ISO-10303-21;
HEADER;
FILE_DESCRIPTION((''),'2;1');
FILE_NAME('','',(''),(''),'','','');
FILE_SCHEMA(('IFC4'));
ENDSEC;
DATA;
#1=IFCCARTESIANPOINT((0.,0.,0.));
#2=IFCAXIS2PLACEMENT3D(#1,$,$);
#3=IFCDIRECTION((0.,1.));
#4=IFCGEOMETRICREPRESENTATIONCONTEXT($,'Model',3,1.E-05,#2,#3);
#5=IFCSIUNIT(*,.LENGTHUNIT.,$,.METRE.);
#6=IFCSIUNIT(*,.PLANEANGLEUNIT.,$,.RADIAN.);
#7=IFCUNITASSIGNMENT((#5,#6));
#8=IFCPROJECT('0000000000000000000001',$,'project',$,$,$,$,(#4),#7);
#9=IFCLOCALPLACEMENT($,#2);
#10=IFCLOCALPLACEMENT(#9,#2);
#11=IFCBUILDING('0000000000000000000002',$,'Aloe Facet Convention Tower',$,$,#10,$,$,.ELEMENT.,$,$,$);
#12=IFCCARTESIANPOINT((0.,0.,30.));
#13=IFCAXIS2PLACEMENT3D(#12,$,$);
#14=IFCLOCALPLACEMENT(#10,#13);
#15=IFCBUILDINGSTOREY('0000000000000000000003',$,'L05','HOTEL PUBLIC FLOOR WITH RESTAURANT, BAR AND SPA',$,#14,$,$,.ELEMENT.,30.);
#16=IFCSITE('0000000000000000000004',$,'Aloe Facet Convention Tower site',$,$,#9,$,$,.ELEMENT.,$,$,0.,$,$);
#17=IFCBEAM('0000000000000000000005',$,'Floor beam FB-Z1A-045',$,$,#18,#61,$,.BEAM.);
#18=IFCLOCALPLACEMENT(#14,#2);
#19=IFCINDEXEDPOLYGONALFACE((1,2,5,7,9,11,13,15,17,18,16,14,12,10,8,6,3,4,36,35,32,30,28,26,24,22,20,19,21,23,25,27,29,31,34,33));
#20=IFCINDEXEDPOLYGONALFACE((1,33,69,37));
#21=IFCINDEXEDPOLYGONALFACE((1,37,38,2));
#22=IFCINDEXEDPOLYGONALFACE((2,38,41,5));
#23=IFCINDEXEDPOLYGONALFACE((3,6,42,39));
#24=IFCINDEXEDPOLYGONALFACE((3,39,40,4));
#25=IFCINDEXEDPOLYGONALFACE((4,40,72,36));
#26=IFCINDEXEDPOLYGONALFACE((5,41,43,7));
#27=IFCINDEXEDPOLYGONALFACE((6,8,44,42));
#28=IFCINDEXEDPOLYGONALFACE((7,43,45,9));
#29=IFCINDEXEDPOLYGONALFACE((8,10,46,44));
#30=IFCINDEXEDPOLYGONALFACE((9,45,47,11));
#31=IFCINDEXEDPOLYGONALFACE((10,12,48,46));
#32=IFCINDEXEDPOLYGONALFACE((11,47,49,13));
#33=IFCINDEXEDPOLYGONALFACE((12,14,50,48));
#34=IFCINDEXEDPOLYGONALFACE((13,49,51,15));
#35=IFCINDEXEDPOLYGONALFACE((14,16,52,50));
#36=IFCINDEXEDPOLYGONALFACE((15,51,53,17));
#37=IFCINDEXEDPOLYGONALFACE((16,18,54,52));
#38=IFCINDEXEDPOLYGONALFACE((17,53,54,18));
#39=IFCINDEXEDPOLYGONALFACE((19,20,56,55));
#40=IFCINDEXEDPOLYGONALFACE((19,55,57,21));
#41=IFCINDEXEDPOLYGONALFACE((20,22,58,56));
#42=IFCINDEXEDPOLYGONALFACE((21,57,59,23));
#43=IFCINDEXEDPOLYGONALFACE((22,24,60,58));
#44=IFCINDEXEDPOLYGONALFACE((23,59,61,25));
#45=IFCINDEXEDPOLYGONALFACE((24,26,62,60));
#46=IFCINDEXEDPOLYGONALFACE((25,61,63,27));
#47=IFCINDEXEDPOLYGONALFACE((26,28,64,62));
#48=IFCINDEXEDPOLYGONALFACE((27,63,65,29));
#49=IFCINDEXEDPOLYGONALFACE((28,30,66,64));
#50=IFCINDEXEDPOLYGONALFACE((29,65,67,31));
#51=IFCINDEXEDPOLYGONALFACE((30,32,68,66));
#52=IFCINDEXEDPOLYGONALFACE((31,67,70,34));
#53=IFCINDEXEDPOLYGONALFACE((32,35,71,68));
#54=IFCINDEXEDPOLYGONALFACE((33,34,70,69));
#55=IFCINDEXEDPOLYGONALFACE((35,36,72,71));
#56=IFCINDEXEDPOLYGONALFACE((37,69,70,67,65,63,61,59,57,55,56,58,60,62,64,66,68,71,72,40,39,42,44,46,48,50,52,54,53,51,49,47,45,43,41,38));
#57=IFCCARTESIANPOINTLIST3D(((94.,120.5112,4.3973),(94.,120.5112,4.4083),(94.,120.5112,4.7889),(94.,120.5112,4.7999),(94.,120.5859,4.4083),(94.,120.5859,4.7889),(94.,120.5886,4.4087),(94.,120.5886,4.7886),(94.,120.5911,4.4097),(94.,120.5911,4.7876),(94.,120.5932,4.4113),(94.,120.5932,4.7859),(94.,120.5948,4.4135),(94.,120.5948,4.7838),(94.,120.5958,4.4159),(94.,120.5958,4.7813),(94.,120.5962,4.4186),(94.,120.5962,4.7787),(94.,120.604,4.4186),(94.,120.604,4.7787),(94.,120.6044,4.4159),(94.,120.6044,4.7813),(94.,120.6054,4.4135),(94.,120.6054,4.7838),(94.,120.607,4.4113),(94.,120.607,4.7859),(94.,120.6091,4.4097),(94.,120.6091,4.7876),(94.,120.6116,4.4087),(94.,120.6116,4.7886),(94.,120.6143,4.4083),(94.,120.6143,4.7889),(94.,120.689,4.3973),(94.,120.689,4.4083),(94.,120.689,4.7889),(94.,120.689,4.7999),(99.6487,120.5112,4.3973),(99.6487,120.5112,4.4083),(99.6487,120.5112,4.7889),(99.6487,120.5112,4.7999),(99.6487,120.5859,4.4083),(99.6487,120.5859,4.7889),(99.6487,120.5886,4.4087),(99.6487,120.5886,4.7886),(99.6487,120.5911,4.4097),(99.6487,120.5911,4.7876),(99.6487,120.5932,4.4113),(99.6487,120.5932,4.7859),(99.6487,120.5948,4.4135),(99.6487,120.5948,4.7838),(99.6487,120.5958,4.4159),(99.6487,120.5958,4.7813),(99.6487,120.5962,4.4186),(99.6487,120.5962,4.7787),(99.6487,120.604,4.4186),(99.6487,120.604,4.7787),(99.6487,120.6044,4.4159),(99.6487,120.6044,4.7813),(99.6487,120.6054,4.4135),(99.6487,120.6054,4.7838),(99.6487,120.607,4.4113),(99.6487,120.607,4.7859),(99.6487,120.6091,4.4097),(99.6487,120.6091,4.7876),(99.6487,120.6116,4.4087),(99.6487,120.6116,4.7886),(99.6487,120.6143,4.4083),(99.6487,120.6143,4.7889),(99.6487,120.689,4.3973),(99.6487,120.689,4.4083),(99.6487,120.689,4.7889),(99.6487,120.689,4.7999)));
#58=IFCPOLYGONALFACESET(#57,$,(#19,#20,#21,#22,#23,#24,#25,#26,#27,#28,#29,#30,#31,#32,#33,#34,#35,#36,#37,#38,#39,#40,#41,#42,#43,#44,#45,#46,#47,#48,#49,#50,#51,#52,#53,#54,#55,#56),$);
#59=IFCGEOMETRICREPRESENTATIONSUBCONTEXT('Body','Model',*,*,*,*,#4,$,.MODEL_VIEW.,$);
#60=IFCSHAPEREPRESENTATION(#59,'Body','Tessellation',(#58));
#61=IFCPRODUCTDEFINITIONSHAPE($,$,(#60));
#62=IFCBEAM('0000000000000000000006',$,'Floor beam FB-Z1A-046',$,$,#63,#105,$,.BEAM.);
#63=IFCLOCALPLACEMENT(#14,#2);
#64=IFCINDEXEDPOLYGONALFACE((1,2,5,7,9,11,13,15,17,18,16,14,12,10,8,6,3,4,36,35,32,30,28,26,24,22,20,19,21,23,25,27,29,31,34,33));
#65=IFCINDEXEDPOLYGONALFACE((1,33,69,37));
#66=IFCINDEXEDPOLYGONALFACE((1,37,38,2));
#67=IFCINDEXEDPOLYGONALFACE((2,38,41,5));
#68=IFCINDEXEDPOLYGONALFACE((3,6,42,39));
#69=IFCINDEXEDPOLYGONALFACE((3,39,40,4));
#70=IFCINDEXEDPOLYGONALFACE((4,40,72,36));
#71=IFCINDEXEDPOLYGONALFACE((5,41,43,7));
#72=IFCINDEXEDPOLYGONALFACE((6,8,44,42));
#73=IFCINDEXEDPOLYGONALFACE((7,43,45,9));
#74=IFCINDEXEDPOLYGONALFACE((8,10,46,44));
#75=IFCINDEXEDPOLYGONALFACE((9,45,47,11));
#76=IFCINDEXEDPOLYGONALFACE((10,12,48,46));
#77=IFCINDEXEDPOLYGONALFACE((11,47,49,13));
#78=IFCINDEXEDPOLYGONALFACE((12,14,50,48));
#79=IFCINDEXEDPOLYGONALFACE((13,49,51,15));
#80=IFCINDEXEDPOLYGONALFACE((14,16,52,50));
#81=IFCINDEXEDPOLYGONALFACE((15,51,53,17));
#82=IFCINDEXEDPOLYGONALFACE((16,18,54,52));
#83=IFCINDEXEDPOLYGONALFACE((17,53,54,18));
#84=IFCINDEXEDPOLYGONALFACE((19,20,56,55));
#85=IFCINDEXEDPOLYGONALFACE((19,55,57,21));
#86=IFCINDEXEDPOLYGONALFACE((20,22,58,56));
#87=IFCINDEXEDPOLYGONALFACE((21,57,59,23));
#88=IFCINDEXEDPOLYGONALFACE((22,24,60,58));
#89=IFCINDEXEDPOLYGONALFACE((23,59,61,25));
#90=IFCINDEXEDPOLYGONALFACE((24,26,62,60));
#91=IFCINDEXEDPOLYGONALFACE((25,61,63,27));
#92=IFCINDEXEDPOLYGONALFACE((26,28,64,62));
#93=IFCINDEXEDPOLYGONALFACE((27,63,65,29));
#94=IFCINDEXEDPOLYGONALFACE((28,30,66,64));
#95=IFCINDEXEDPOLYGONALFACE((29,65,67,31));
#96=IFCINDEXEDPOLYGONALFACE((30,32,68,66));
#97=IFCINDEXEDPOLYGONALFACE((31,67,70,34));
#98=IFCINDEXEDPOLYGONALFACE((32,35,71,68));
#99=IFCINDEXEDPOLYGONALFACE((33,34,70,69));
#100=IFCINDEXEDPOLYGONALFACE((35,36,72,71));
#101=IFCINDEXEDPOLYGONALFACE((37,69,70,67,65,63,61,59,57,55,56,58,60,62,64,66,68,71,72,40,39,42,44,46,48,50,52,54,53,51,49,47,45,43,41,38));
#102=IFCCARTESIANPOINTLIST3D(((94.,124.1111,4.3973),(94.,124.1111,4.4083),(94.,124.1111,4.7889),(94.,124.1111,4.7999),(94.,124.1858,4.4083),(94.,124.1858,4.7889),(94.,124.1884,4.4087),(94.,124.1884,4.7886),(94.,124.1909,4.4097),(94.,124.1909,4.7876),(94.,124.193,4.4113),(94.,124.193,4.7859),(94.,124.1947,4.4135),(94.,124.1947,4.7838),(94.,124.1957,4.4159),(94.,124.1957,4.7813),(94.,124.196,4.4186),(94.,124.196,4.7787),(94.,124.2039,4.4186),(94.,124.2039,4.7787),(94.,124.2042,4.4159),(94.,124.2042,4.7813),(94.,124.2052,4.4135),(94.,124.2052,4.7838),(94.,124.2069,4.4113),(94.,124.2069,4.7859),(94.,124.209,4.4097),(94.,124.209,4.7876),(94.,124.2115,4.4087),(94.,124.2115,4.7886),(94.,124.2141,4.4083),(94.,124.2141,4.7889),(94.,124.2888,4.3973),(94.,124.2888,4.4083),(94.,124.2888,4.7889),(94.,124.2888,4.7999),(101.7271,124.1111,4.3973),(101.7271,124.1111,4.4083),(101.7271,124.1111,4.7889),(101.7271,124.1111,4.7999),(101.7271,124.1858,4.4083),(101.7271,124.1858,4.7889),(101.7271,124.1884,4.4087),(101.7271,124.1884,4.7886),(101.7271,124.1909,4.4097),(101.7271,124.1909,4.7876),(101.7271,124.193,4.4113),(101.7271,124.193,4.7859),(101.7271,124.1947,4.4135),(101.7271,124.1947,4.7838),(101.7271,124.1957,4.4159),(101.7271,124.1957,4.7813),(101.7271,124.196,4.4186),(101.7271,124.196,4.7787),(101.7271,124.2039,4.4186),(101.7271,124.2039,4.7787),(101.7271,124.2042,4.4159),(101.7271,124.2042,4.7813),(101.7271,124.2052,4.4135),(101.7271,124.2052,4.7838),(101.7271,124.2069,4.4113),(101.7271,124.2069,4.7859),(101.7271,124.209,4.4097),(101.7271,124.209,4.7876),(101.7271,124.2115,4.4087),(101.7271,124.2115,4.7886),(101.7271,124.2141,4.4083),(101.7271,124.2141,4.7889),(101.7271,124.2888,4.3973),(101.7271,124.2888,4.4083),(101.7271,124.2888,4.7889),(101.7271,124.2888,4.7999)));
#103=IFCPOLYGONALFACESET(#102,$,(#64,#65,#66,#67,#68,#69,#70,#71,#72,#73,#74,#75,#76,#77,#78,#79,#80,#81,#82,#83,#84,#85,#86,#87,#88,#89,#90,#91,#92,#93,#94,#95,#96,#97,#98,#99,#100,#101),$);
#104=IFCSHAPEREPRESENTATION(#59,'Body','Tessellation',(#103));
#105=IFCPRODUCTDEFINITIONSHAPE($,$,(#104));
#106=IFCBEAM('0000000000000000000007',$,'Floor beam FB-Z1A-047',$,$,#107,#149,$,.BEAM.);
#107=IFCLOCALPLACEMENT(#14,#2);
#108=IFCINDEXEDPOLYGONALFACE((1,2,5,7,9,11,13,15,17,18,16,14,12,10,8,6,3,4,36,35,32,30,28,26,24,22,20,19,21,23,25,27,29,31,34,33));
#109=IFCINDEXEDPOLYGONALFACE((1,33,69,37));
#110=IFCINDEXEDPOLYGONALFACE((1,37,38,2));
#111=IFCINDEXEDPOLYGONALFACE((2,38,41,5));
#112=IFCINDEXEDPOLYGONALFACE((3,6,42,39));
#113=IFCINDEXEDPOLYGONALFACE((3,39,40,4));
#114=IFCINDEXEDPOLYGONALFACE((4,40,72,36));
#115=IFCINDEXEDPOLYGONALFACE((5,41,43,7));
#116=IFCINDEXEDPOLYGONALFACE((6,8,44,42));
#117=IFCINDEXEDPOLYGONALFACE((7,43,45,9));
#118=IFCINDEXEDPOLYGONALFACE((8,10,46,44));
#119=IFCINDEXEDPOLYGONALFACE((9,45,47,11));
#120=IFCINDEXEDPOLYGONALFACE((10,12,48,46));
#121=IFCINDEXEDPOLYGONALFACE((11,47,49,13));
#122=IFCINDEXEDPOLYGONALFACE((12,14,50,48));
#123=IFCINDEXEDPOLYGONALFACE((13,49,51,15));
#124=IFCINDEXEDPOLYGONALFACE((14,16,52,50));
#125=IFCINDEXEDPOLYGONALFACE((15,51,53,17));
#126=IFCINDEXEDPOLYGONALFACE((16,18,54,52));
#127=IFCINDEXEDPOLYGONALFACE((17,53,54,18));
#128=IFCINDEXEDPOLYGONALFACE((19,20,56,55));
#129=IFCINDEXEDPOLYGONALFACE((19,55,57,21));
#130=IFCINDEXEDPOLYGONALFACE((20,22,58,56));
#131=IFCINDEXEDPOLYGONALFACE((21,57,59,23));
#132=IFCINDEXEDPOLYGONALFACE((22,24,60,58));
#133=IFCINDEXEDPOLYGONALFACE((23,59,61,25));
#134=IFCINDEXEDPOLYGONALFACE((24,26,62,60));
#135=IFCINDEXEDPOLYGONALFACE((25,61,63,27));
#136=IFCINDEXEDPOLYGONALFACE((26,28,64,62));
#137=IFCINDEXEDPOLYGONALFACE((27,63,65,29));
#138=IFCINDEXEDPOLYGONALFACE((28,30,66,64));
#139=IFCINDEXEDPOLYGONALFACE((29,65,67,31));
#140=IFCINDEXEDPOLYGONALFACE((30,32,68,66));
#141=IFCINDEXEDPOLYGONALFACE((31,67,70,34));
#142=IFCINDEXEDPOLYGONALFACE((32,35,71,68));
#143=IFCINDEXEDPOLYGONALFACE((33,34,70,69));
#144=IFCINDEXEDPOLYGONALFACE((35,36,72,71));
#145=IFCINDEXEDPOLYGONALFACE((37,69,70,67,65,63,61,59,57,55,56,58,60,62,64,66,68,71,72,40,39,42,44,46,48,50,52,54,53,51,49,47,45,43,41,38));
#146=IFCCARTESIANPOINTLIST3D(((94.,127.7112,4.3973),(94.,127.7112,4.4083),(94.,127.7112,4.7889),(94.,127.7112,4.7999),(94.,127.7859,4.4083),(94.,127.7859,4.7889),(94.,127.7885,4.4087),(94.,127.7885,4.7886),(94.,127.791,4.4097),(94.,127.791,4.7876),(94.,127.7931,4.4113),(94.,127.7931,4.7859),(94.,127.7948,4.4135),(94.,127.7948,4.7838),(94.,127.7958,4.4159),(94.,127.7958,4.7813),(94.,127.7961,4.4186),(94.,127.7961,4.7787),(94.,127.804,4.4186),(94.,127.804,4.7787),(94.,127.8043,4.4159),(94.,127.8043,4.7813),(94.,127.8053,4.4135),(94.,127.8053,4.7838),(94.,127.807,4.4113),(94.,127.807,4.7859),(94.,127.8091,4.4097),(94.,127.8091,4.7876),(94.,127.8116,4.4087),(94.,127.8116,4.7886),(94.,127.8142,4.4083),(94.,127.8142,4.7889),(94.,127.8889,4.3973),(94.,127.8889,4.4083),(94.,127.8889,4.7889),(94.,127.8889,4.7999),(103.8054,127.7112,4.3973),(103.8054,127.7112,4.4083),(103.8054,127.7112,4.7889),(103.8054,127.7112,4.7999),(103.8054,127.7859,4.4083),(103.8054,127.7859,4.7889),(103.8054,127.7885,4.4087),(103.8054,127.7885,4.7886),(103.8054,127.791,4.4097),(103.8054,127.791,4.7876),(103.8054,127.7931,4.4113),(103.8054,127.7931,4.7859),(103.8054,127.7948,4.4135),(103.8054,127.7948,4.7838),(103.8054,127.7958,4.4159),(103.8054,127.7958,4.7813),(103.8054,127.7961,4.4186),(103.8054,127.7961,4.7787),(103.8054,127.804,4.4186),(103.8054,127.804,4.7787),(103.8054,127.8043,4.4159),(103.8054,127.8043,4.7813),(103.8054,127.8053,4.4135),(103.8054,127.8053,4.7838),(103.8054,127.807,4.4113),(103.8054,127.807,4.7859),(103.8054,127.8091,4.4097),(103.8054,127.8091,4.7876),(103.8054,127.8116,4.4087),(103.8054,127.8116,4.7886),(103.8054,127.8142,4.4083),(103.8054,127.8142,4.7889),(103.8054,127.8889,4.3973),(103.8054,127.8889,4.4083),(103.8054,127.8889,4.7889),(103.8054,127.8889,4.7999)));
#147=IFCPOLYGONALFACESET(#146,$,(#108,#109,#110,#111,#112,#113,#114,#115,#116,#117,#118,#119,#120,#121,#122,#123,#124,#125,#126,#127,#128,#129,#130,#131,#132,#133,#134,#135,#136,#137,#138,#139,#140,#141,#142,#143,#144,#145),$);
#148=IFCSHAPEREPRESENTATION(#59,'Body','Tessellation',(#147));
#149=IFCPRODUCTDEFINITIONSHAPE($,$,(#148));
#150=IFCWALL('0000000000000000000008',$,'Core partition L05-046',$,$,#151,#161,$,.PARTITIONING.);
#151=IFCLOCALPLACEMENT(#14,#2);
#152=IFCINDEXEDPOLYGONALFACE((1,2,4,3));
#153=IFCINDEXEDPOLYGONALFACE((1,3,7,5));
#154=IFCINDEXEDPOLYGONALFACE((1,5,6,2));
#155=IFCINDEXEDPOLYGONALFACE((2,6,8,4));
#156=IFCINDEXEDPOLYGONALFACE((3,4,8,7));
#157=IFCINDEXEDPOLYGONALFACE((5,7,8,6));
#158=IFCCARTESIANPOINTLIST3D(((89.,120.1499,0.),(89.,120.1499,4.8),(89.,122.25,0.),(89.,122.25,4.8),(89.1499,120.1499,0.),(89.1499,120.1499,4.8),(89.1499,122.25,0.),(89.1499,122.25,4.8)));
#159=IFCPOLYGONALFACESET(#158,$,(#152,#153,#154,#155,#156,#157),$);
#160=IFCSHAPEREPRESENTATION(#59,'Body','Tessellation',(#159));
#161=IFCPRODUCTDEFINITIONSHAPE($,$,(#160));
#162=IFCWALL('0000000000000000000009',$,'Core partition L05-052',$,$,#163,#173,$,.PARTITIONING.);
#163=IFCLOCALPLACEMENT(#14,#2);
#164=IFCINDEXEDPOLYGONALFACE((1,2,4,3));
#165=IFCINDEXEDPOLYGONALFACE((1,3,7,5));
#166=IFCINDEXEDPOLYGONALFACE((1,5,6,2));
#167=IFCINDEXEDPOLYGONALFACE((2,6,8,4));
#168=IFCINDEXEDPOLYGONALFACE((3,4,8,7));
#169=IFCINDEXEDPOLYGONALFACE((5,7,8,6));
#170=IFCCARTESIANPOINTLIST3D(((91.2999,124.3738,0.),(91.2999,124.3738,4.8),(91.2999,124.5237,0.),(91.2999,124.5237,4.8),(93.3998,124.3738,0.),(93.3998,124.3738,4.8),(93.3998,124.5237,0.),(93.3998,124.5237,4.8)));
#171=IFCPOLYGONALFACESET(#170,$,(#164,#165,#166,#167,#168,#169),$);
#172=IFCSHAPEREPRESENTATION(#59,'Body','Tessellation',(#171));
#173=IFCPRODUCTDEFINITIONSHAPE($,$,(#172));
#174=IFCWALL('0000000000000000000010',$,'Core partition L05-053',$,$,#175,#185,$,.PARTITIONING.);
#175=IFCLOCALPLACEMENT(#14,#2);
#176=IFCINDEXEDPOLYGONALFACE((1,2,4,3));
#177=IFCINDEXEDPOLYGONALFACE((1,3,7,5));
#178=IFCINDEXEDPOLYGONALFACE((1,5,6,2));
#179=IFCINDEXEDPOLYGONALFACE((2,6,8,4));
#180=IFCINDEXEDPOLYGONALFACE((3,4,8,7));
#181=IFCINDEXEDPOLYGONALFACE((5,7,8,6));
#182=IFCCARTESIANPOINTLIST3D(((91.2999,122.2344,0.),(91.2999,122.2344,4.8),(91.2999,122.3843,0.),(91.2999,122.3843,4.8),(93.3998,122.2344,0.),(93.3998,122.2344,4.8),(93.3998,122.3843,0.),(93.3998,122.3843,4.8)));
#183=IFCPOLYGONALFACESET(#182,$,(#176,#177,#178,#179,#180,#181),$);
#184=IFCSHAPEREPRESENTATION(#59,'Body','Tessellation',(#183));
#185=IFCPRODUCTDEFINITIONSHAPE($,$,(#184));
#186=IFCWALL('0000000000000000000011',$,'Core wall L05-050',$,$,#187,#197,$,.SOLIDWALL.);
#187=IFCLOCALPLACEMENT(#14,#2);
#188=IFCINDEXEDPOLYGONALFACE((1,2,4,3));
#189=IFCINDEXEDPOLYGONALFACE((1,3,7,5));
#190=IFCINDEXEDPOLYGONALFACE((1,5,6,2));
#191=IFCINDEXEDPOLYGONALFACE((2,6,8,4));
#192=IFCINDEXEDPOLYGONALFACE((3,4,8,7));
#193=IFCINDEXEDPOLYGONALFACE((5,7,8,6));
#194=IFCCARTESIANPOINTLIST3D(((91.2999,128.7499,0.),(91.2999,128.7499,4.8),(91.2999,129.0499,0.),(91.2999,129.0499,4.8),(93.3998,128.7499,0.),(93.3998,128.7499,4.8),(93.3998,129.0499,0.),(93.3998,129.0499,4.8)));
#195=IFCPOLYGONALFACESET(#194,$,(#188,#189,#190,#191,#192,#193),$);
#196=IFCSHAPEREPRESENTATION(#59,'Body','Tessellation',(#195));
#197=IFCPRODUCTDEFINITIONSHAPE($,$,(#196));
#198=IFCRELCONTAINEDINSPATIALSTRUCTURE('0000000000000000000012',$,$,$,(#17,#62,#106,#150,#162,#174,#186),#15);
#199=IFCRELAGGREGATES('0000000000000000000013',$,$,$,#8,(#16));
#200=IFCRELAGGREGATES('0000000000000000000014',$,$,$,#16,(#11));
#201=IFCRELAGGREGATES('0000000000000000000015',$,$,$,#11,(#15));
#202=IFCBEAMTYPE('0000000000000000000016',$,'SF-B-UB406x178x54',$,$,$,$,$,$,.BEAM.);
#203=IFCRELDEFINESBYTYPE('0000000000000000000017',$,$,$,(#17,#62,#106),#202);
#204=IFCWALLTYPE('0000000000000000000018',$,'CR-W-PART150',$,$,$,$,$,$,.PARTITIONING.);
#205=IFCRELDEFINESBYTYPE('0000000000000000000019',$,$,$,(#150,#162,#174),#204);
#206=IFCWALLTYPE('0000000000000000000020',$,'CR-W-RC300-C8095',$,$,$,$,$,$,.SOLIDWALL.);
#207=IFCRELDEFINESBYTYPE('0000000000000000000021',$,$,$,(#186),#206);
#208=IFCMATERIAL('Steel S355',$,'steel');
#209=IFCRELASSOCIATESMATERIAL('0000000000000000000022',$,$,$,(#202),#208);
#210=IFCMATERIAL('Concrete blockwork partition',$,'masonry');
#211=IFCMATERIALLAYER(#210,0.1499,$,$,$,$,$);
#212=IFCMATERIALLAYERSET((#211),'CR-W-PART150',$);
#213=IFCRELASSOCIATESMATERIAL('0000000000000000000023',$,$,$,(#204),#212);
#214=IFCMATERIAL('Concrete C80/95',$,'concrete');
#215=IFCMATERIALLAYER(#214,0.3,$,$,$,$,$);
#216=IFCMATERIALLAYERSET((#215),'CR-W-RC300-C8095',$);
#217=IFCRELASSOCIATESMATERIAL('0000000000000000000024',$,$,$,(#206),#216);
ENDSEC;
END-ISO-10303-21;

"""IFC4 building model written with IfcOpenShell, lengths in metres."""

from ifc_helpers import new_model, si_unit, direction, frame, frame_2d, origin, origin_2d, place, context, subcontext, project, spatial, rectangle, i_section, extrude, material, layer, layer_set, material_profile, profile_set, type_object, element, save


model = new_model("IFC4")

# Units and contexts
model_context = context("Model", 3, precision=1e-05, world=origin(), true_north=direction((0.0, 1.0)))
body_context = subcontext(model_context, "Body", "Model", "MODEL_VIEW")
ifc_project = project(units=[si_unit("LENGTHUNIT", "METRE"), si_unit("PLANEANGLEUNIT", "RADIAN")], contexts=[model_context])

# Site, building, storey
site_placement = place(None, origin())
site = spatial("IfcSite", under=ifc_project, at=site_placement, Name="Aloe Facet Convention Tower site", CompositionType="ELEMENT", RefElevation=0.0)
building_placement = place(site_placement, origin())
building = spatial("IfcBuilding", under=site, at=building_placement, Name="Aloe Facet Convention Tower", CompositionType="ELEMENT")
storey_placement = place(building_placement, frame((0.0, 0.0, 30.0)))
storey = spatial("IfcBuildingStorey", under=building, at=storey_placement, Name="L05", Description="HOTEL PUBLIC FLOOR WITH RESTAURANT, BAR AND SPA", CompositionType="ELEMENT", Elevation=30.0)

# Beams
ifc_material_1 = material(Name="Steel S355", Category="steel")
ifc_material_profile = material_profile(ifc_material_1, i_section(OverallWidth=0.1777, OverallDepth=0.4026, WebThickness=0.0078, FlangeThickness=0.011, FilletRadius=0.0103, at=origin_2d()), Name="UB 406x178x54")
ifc_profile_set = profile_set([ifc_material_profile], Name="Steel S355")
beam_type = type_object("IfcBeamType", Name="SF-B-UB406x178x54", PredefinedType="BEAM", material=ifc_profile_set)
beam_1_placement = place(storey_placement, frame((94.0, 120.6001, 4.5986), z_axis=(1.0, 0.0, 0.0), x_axis=(0.0, 1.0, 0.0)))
element("IfcBeam", 1, at=beam_1_placement, inside=storey, type_object=beam_type, Name="Floor beam FB-Z1A-045", PredefinedType="BEAM", context=body_context, shape_type="SweptSolid", body=[
    extrude(i_section(OverallWidth=0.1777, OverallDepth=0.4026, WebThickness=0.0078, FlangeThickness=0.011, FilletRadius=0.0103, at=origin_2d()), origin(), (0.0, 0.0, 1.0), 5.6487),
])
beam_2_placement = place(storey_placement, frame((94.0, 124.2, 4.5986), z_axis=(1.0, 0.0, 0.0), x_axis=(0.0, 1.0, 0.0)))
element("IfcBeam", 2, at=beam_2_placement, inside=storey, type_object=beam_type, Name="Floor beam FB-Z1A-046", PredefinedType="BEAM", context=body_context, shape_type="SweptSolid", body=[
    extrude(i_section(OverallWidth=0.1777, OverallDepth=0.4026, WebThickness=0.0078, FlangeThickness=0.011, FilletRadius=0.0103, at=origin_2d()), origin(), (0.0, 0.0, 1.0), 7.7271),
])
beam_3_placement = place(storey_placement, frame((94.0, 127.8, 4.5986), z_axis=(1.0, 0.0, 0.0), x_axis=(0.0, 1.0, 0.0)))
element("IfcBeam", 3, at=beam_3_placement, inside=storey, type_object=beam_type, Name="Floor beam FB-Z1A-047", PredefinedType="BEAM", context=body_context, shape_type="SweptSolid", body=[
    extrude(i_section(OverallWidth=0.1777, OverallDepth=0.4026, WebThickness=0.0078, FlangeThickness=0.011, FilletRadius=0.0103, at=origin_2d()), origin(), (0.0, 0.0, 1.0), 9.8054),
])

# Walls
ifc_material_2 = material(Name="Concrete blockwork partition", Category="masonry")
ifc_layer_1 = layer(ifc_material_2, 0.1499)
ifc_layer_set_1 = layer_set([ifc_layer_1], Name="CR-W-PART150")
wall_type_1 = type_object("IfcWallType", Name="CR-W-PART150", PredefinedType="PARTITIONING", material=ifc_layer_set_1)
wall_1_placement = place(storey_placement, frame((89.075, 122.25, 0.0), z_axis=(0.0, 0.0, 1.0), x_axis=(0.0, -1.0, 0.0)))
element("IfcWall", 4, at=wall_1_placement, inside=storey, type_object=wall_type_1, Name="Core partition L05-046", PredefinedType="PARTITIONING", context=body_context, shape_type="SweptSolid", body=[
    extrude(rectangle(XDim=2.1001, YDim=0.1499, at=frame_2d((1.05, 0.0))), origin(), (0.0, 0.0, 1.0), 4.8),
])
for number, where, z_axis, x_axis, name in (
    (5, (91.3, 124.4487, 0.0), (0.0, 0.0, 1.0), (1.0, 0.0, 0.0), "Core partition L05-052"),
    (6, (91.3, 122.3093, 0.0), (0.0, 0.0, 1.0), (1.0, 0.0, 0.0), "Core partition L05-053"),
):
    element("IfcWall", number, at=place(storey_placement, frame(where, z_axis=z_axis, x_axis=x_axis)), inside=storey, type_object=wall_type_1, Name=name, PredefinedType="PARTITIONING", context=body_context, shape_type="SweptSolid", body=[
        extrude(rectangle(XDim=2.0999, YDim=0.1499, at=frame_2d((1.0498, 0.0))), origin(), (0.0, 0.0, 1.0), 4.8),
    ])
ifc_material_3 = material(Name="Concrete C80/95", Category="concrete")
ifc_layer_2 = layer(ifc_material_3, 0.3)
ifc_layer_set_2 = layer_set([ifc_layer_2], Name="CR-W-RC300-C8095")
wall_type_2 = type_object("IfcWallType", Name="CR-W-RC300-C8095", PredefinedType="SOLIDWALL", material=ifc_layer_set_2)
wall_2_placement = place(storey_placement, frame((91.3, 128.8999, 0.0), z_axis=(0.0, 0.0, 1.0), x_axis=(1.0, 0.0, 0.0)))
element("IfcWall", 7, at=wall_2_placement, inside=storey, type_object=wall_type_2, Name="Core wall L05-050", PredefinedType="SOLIDWALL", context=body_context, shape_type="SweptSolid", body=[
    extrude(rectangle(XDim=2.0999, YDim=0.3, at=frame_2d((1.0498, 0.0))), origin(), (0.0, 0.0, 1.0), 4.8),
])

save(model, "model.ifc")
